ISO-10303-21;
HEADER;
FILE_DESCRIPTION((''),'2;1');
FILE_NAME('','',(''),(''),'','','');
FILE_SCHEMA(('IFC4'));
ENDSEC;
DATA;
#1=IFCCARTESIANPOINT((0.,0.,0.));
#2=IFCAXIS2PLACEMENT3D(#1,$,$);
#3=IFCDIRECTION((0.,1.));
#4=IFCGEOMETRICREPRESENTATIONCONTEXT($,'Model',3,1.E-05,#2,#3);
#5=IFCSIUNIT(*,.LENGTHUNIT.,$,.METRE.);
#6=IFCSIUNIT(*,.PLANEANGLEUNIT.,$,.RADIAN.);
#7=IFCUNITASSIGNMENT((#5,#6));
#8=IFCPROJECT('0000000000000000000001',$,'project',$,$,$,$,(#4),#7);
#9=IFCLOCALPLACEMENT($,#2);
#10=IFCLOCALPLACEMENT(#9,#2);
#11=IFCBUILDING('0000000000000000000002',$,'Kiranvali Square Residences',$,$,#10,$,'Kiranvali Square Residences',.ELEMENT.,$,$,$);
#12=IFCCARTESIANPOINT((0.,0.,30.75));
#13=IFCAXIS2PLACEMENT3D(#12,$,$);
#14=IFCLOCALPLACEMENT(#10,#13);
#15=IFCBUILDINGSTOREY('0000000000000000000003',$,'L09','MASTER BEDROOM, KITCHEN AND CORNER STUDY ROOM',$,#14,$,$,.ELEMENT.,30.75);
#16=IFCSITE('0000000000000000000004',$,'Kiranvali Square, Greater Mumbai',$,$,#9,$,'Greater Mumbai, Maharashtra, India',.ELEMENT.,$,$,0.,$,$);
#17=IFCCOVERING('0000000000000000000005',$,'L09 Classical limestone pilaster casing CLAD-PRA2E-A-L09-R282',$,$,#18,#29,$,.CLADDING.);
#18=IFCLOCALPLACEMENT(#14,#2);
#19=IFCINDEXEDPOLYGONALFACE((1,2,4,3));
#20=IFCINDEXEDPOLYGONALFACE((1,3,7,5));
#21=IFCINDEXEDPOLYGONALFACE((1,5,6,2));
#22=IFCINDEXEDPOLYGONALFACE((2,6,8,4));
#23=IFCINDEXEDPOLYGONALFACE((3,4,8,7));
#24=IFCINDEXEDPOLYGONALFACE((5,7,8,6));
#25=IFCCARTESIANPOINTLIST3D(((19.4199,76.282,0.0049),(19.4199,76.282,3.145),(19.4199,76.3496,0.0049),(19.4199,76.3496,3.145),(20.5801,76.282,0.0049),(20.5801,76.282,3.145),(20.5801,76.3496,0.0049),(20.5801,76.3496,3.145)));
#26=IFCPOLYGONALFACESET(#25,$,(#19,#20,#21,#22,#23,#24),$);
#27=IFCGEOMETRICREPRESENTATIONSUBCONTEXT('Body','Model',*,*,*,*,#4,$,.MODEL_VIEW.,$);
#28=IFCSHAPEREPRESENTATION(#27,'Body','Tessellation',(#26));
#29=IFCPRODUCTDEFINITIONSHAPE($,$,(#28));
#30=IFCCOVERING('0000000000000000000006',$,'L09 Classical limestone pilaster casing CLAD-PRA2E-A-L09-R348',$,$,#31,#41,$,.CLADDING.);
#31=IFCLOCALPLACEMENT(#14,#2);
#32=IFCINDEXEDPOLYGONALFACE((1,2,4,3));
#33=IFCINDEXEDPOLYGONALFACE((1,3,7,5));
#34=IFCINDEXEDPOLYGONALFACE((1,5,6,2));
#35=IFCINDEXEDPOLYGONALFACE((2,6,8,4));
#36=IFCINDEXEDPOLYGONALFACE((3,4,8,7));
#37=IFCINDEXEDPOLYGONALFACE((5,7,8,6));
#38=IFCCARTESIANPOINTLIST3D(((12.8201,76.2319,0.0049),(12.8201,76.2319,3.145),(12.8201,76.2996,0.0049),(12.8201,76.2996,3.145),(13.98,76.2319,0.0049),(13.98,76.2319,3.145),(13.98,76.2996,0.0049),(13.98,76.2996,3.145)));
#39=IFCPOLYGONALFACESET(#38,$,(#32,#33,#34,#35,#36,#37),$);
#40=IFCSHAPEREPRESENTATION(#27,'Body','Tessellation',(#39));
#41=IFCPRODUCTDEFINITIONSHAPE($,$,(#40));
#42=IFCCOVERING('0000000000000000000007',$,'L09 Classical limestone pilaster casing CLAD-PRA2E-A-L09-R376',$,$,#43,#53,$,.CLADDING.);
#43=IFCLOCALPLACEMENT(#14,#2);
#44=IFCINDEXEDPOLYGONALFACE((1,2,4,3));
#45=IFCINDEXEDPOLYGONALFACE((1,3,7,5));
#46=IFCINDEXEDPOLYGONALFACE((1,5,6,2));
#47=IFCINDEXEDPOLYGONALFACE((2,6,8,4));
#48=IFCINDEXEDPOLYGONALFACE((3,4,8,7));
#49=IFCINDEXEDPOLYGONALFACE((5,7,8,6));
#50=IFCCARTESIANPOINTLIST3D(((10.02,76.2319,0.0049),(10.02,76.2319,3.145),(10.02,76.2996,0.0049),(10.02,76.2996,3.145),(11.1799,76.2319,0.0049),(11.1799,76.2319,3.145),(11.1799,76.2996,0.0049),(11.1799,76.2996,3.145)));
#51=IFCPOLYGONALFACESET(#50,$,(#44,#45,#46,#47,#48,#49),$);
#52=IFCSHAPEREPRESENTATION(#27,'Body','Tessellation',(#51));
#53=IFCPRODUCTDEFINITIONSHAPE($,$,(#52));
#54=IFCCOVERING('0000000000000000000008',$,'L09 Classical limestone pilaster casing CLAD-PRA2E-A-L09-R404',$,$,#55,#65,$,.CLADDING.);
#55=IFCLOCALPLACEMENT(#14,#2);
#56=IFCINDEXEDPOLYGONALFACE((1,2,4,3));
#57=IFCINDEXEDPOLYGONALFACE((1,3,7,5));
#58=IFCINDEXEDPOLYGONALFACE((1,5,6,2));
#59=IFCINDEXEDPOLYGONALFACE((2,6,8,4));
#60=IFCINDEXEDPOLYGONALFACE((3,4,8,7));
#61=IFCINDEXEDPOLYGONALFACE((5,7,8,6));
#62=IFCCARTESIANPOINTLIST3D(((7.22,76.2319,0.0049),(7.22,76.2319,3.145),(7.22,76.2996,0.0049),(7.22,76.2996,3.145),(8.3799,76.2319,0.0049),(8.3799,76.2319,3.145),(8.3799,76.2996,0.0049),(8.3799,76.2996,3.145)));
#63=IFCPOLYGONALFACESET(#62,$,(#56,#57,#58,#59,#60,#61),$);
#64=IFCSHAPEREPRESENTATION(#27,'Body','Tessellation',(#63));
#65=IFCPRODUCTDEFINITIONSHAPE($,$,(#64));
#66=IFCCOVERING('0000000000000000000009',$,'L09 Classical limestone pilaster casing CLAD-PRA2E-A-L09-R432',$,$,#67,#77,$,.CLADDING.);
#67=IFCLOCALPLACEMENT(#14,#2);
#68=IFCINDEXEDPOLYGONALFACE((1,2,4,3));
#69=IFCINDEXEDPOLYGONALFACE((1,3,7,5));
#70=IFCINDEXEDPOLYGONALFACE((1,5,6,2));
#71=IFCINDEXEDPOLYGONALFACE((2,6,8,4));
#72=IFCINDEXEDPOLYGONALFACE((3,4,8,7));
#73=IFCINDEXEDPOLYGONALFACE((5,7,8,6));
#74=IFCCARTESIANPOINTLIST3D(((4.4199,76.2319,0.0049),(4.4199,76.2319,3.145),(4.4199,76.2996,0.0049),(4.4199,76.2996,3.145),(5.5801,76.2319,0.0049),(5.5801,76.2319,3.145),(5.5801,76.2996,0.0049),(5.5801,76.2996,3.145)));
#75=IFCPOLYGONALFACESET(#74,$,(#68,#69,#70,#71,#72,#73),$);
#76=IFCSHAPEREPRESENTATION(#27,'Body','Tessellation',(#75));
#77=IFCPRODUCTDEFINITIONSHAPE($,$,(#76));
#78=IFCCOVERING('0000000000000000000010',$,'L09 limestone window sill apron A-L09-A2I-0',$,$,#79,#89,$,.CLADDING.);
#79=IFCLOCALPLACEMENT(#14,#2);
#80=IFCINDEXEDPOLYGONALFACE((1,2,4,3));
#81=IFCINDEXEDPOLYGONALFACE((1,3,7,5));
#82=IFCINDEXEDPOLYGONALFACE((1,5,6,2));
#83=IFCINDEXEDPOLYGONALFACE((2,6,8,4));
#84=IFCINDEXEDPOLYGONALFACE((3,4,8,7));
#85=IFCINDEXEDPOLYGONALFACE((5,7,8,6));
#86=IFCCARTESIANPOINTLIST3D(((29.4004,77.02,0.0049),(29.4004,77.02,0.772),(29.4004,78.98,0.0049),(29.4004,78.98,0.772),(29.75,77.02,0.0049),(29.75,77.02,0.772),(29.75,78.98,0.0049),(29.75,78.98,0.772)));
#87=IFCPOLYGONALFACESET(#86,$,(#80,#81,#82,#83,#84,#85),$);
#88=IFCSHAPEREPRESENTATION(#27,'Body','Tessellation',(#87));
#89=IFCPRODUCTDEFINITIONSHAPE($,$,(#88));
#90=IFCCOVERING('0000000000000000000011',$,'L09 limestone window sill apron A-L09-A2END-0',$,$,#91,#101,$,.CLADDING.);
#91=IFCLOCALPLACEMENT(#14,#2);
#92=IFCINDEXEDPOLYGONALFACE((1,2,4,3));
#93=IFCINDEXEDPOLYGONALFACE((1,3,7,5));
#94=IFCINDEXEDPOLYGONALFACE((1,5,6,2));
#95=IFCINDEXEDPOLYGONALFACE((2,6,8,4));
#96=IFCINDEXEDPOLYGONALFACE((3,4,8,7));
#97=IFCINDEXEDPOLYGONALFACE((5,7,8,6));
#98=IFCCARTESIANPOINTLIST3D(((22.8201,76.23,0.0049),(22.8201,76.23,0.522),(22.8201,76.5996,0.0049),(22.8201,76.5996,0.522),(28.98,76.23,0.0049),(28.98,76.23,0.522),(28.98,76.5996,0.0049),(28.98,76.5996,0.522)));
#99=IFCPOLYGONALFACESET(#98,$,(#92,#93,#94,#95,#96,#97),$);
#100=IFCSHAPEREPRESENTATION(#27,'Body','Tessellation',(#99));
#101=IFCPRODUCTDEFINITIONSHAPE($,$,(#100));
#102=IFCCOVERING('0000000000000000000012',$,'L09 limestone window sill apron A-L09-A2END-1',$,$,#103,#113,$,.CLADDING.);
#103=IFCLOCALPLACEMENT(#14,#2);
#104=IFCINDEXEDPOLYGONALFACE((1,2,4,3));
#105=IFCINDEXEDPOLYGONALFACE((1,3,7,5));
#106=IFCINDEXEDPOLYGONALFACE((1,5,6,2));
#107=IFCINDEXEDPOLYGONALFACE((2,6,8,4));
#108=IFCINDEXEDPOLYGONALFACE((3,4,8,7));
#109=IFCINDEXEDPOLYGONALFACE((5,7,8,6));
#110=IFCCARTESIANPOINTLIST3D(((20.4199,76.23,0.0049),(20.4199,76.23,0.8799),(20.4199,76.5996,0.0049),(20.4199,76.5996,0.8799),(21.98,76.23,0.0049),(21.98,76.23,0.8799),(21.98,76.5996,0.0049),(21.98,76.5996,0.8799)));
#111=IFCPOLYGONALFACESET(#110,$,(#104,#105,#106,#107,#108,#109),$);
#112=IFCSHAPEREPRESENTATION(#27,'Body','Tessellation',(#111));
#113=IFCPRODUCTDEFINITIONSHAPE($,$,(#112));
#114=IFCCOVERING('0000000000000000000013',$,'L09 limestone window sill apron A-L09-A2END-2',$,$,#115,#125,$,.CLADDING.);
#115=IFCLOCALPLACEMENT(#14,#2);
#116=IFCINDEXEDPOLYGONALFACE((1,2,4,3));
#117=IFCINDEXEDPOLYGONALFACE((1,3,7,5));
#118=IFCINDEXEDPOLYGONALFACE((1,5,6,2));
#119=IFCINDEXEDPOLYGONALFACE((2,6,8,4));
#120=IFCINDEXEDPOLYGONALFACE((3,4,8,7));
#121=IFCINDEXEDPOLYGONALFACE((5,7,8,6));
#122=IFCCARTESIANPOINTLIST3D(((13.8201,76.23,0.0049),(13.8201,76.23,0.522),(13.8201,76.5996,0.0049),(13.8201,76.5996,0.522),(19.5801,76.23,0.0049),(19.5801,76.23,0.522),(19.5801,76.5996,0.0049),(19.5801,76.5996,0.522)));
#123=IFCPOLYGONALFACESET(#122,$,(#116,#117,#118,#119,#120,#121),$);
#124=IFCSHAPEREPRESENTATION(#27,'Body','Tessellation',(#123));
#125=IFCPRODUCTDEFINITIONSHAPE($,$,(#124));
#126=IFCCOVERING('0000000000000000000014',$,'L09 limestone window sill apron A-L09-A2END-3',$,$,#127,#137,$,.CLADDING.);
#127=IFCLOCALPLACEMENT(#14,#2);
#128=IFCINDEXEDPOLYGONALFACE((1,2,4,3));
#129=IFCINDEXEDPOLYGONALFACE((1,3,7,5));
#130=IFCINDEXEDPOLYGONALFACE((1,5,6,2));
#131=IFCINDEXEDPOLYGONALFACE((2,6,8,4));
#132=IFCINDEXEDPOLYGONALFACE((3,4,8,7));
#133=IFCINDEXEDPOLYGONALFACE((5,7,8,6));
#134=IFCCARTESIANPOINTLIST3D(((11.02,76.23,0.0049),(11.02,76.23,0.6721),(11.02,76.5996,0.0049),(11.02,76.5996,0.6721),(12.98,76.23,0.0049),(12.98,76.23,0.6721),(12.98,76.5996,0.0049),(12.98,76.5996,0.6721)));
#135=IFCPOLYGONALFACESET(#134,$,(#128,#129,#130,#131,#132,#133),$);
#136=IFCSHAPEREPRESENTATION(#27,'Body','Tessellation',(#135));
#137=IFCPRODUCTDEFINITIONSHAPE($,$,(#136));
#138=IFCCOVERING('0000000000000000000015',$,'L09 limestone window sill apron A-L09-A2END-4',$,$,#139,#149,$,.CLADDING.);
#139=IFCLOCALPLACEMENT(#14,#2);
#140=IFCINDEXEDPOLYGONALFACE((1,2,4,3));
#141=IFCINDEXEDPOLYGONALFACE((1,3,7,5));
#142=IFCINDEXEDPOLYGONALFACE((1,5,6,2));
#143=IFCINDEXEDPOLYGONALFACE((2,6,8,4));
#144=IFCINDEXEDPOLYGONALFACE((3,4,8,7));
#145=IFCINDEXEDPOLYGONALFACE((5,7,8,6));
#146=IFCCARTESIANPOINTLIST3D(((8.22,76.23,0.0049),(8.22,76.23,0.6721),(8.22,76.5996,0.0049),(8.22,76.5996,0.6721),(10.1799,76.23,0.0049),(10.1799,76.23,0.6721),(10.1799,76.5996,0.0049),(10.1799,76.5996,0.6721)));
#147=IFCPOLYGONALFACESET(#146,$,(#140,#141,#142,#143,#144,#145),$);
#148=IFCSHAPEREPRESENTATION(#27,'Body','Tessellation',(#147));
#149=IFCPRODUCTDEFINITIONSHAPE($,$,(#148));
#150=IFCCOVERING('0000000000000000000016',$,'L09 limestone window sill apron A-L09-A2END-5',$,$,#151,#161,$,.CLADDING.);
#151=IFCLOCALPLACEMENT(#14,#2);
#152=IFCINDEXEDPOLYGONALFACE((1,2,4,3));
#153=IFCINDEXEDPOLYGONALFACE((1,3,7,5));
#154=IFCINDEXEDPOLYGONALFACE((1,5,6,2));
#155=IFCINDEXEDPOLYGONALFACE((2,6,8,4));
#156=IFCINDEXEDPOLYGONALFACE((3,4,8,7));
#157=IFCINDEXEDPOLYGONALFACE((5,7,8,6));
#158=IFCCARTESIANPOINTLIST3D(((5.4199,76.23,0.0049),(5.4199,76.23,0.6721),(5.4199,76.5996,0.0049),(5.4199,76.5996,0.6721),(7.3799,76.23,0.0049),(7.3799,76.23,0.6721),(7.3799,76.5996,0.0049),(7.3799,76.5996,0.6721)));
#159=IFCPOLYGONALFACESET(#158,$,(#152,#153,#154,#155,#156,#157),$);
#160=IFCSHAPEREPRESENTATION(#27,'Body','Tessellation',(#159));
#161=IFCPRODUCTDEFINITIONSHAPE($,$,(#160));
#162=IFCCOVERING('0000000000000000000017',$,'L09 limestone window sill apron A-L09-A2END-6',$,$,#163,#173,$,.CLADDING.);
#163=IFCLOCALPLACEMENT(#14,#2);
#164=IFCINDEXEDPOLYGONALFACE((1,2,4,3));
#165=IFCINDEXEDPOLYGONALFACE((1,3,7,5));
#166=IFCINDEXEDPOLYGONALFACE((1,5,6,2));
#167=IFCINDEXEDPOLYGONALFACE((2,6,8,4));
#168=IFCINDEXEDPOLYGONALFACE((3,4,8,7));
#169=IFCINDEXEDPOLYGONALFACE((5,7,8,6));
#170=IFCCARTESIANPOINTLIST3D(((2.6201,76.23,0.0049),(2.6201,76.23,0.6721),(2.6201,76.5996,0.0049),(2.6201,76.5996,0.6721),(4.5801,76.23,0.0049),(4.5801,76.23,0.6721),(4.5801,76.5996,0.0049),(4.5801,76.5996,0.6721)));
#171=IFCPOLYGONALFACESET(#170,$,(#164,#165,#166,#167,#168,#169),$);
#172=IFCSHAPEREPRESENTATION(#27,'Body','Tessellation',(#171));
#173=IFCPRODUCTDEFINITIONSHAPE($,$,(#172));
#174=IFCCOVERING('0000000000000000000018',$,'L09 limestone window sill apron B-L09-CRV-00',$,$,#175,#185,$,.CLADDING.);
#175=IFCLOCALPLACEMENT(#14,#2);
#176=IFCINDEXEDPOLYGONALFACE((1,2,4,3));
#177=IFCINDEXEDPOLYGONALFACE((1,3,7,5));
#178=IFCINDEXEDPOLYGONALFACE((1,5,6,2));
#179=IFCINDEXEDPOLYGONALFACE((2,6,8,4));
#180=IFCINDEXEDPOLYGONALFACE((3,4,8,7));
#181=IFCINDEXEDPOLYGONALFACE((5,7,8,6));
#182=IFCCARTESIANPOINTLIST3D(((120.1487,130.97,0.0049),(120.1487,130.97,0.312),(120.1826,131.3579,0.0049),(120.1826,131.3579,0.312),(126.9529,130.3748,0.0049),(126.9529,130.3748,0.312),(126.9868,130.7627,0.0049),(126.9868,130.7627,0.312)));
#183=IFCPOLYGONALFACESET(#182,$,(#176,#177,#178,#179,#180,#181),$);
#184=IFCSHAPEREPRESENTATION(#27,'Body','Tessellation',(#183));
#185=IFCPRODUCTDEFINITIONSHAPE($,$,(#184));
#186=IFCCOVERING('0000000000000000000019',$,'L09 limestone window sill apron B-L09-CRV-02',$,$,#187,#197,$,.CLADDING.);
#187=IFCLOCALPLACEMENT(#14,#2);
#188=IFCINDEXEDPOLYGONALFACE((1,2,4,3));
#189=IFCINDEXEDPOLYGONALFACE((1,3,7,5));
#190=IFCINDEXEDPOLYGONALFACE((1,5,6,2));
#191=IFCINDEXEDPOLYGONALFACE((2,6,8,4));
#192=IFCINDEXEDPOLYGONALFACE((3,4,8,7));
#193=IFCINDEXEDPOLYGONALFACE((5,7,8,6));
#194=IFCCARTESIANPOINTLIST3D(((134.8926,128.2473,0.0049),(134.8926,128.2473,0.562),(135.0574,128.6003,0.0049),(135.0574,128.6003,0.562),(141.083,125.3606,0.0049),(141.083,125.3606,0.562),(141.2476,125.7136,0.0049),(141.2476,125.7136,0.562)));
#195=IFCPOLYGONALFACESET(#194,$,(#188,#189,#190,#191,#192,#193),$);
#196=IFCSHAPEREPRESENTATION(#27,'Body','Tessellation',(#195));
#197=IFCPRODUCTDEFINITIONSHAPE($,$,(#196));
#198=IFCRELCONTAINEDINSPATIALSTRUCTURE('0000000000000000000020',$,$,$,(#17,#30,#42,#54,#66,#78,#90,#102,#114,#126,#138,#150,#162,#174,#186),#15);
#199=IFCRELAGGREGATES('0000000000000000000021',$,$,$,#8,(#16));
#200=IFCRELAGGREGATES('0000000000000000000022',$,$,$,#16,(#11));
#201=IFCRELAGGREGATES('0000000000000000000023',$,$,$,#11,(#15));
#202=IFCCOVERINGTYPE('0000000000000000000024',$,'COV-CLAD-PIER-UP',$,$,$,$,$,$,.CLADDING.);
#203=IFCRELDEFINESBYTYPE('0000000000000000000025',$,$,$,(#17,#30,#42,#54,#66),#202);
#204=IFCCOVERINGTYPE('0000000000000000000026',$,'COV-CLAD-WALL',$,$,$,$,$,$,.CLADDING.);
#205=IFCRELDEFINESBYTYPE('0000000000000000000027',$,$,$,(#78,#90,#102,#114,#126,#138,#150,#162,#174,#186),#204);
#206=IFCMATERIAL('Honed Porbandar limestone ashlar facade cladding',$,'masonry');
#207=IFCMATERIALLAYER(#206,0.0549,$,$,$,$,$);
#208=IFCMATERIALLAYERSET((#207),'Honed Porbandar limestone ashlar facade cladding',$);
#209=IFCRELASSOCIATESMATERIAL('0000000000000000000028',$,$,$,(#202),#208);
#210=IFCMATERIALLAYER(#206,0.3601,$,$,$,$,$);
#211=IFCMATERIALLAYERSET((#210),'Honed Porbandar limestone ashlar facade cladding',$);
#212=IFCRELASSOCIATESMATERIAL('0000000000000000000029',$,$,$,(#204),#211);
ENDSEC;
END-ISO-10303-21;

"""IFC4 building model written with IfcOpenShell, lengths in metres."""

from ifc_helpers import new_model, si_unit, direction, frame, origin, place, context, subcontext, project, spatial, polyline, outline, extrude, material, layer, layer_set, type_object, element, save


model = new_model("IFC4")

# Units and contexts
model_context = context("Model", 3, precision=1e-05, world=origin(), true_north=direction((0.0, 1.0)))
body_context = subcontext(model_context, "Body", "Model", "MODEL_VIEW")
ifc_project = project(units=[si_unit("LENGTHUNIT", "METRE"), si_unit("PLANEANGLEUNIT", "RADIAN")], contexts=[model_context])

# Site, building, storey
site_placement = place(None, origin())
site = spatial("IfcSite", under=ifc_project, at=site_placement, Name="Kiranvali Square, Greater Mumbai", LongName="Greater Mumbai, Maharashtra, India", CompositionType="ELEMENT", RefElevation=0.0)
building_placement = place(site_placement, origin())
building = spatial("IfcBuilding", under=site, at=building_placement, Name="Kiranvali Square Residences", LongName="Kiranvali Square Residences", CompositionType="ELEMENT")
storey_placement = place(building_placement, frame((0.0, 0.0, 30.75)))
storey = spatial("IfcBuildingStorey", under=building, at=storey_placement, Name="L09", Description="MASTER BEDROOM, KITCHEN AND CORNER STUDY ROOM", CompositionType="ELEMENT", Elevation=30.75)

# Coverings
ifc_material = material(Name="Honed Porbandar limestone ashlar facade cladding", Category="masonry")
ifc_layer_1 = layer(ifc_material, 0.0549)
ifc_layer_set_1 = layer_set([ifc_layer_1], Name="Honed Porbandar limestone ashlar facade cladding")
covering_type_1 = type_object("IfcCoveringType", Name="COV-CLAD-PIER-UP", PredefinedType="CLADDING", material=ifc_layer_set_1)
covering_1_placement = place(storey_placement, frame((0.0, 0.0, 0.0049)))
element("IfcCovering", 1, at=covering_1_placement, inside=storey, type_object=covering_type_1, Name="L09 Classical limestone pilaster casing CLAD-PRA2E-A-L09-R282", PredefinedType="CLADDING", context=body_context, shape_type="SweptSolid", body=[
    extrude(outline(polyline([(20.5801, 76.3496), (19.4199, 76.3496), (19.4199, 76.282), (20.5801, 76.282), (20.5801, 76.3496)])), origin(), (0.0, 0.0, 1.0), 3.1401),
])
covering_2_placement = place(storey_placement, frame((0.0, 0.0, 0.0049)))
element("IfcCovering", 2, at=covering_2_placement, inside=storey, type_object=covering_type_1, Name="L09 Classical limestone pilaster casing CLAD-PRA2E-A-L09-R348", PredefinedType="CLADDING", context=body_context, shape_type="SweptSolid", body=[
    extrude(outline(polyline([(13.98, 76.2996), (12.8201, 76.2996), (12.8201, 76.2319), (13.98, 76.2319), (13.98, 76.2996)])), origin(), (0.0, 0.0, 1.0), 3.1401),
])
covering_3_placement = place(storey_placement, frame((0.0, 0.0, 0.0049)))
element("IfcCovering", 3, at=covering_3_placement, inside=storey, type_object=covering_type_1, Name="L09 Classical limestone pilaster casing CLAD-PRA2E-A-L09-R376", PredefinedType="CLADDING", context=body_context, shape_type="SweptSolid", body=[
    extrude(outline(polyline([(11.1799, 76.2996), (10.02, 76.2996), (10.02, 76.2319), (11.1799, 76.2319), (11.1799, 76.2996)])), origin(), (0.0, 0.0, 1.0), 3.1401),
])
covering_4_placement = place(storey_placement, frame((0.0, 0.0, 0.0049)))
element("IfcCovering", 4, at=covering_4_placement, inside=storey, type_object=covering_type_1, Name="L09 Classical limestone pilaster casing CLAD-PRA2E-A-L09-R404", PredefinedType="CLADDING", context=body_context, shape_type="SweptSolid", body=[
    extrude(outline(polyline([(8.3799, 76.2996), (7.22, 76.2996), (7.22, 76.2319), (8.3799, 76.2319), (8.3799, 76.2996)])), origin(), (0.0, 0.0, 1.0), 3.1401),
])
covering_5_placement = place(storey_placement, frame((0.0, 0.0, 0.0049)))
element("IfcCovering", 5, at=covering_5_placement, inside=storey, type_object=covering_type_1, Name="L09 Classical limestone pilaster casing CLAD-PRA2E-A-L09-R432", PredefinedType="CLADDING", context=body_context, shape_type="SweptSolid", body=[
    extrude(outline(polyline([(5.5801, 76.2996), (4.4199, 76.2996), (4.4199, 76.2319), (5.5801, 76.2319), (5.5801, 76.2996)])), origin(), (0.0, 0.0, 1.0), 3.1401),
])
ifc_layer_2 = layer(ifc_material, 0.3601)
ifc_layer_set_2 = layer_set([ifc_layer_2], Name="Honed Porbandar limestone ashlar facade cladding")
covering_type_2 = type_object("IfcCoveringType", Name="COV-CLAD-WALL", PredefinedType="CLADDING", material=ifc_layer_set_2)
covering_6_placement = place(storey_placement, frame((0.0, 0.0, 0.0049)))
element("IfcCovering", 6, at=covering_6_placement, inside=storey, type_object=covering_type_2, Name="L09 limestone window sill apron A-L09-A2I-0", PredefinedType="CLADDING", context=body_context, shape_type="SweptSolid", body=[
    extrude(outline(polyline([(29.4004, 78.98), (29.4004, 77.02), (29.75, 77.02), (29.75, 78.98), (29.4004, 78.98)])), origin(), (0.0, 0.0, 1.0), 0.7671),
])
covering_7_placement = place(storey_placement, frame((0.0, 0.0, 0.0049)))
element("IfcCovering", 7, at=covering_7_placement, inside=storey, type_object=covering_type_2, Name="L09 limestone window sill apron A-L09-A2END-0", PredefinedType="CLADDING", context=body_context, shape_type="SweptSolid", body=[
    extrude(outline(polyline([(28.98, 76.5996), (22.8201, 76.5996), (22.8201, 76.23), (28.98, 76.23), (28.98, 76.5996)])), origin(), (0.0, 0.0, 1.0), 0.5171),
])
covering_8_placement = place(storey_placement, frame((0.0, 0.0, 0.0049)))
element("IfcCovering", 8, at=covering_8_placement, inside=storey, type_object=covering_type_2, Name="L09 limestone window sill apron A-L09-A2END-1", PredefinedType="CLADDING", context=body_context, shape_type="SweptSolid", body=[
    extrude(outline(polyline([(21.98, 76.5996), (20.4199, 76.5996), (20.4199, 76.23), (21.98, 76.23), (21.98, 76.5996)])), origin(), (0.0, 0.0, 1.0), 0.875),
])
covering_9_placement = place(storey_placement, frame((0.0, 0.0, 0.0049)))
element("IfcCovering", 9, at=covering_9_placement, inside=storey, type_object=covering_type_2, Name="L09 limestone window sill apron A-L09-A2END-2", PredefinedType="CLADDING", context=body_context, shape_type="SweptSolid", body=[
    extrude(outline(polyline([(19.5801, 76.5996), (13.8201, 76.5996), (13.8201, 76.23), (19.5801, 76.23), (19.5801, 76.5996)])), origin(), (0.0, 0.0, 1.0), 0.5171),
])
covering_10_placement = place(storey_placement, frame((0.0, 0.0, 0.0049)))
element("IfcCovering", 10, at=covering_10_placement, inside=storey, type_object=covering_type_2, Name="L09 limestone window sill apron A-L09-A2END-3", PredefinedType="CLADDING", context=body_context, shape_type="SweptSolid", body=[
    extrude(outline(polyline([(12.98, 76.5996), (11.02, 76.5996), (11.02, 76.23), (12.98, 76.23), (12.98, 76.5996)])), origin(), (0.0, 0.0, 1.0), 0.6672),
])
covering_11_placement = place(storey_placement, frame((0.0, 0.0, 0.0049)))
element("IfcCovering", 11, at=covering_11_placement, inside=storey, type_object=covering_type_2, Name="L09 limestone window sill apron A-L09-A2END-4", PredefinedType="CLADDING", context=body_context, shape_type="SweptSolid", body=[
    extrude(outline(polyline([(10.1799, 76.5996), (8.22, 76.5996), (8.22, 76.23), (10.1799, 76.23), (10.1799, 76.5996)])), origin(), (0.0, 0.0, 1.0), 0.6672),
])
covering_12_placement = place(storey_placement, frame((0.0, 0.0, 0.0049)))
element("IfcCovering", 12, at=covering_12_placement, inside=storey, type_object=covering_type_2, Name="L09 limestone window sill apron A-L09-A2END-5", PredefinedType="CLADDING", context=body_context, shape_type="SweptSolid", body=[
    extrude(outline(polyline([(7.3799, 76.5996), (5.4199, 76.5996), (5.4199, 76.23), (7.3799, 76.23), (7.3799, 76.5996)])), origin(), (0.0, 0.0, 1.0), 0.6672),
])
covering_13_placement = place(storey_placement, frame((0.0, 0.0, 0.0049)))
element("IfcCovering", 13, at=covering_13_placement, inside=storey, type_object=covering_type_2, Name="L09 limestone window sill apron A-L09-A2END-6", PredefinedType="CLADDING", context=body_context, shape_type="SweptSolid", body=[
    extrude(outline(polyline([(4.5801, 76.5996), (2.6201, 76.5996), (2.6201, 76.23), (4.5801, 76.23), (4.5801, 76.5996)])), origin(), (0.0, 0.0, 1.0), 0.6672),
])
covering_14_placement = place(storey_placement, frame((0.0, 0.0, 0.0049)))
element("IfcCovering", 14, at=covering_14_placement, inside=storey, type_object=covering_type_2, Name="L09 limestone window sill apron B-L09-CRV-00", PredefinedType="CLADDING", context=body_context, shape_type="SweptSolid", body=[
    extrude(outline(polyline([(120.1487, 130.97), (126.9529, 130.3748), (126.9868, 130.7627), (120.1826, 131.3579), (120.1487, 130.97)])), origin(), (0.0, 0.0, 1.0), 0.3071),
])
covering_15_placement = place(storey_placement, frame((0.0, 0.0, 0.0049)))
element("IfcCovering", 15, at=covering_15_placement, inside=storey, type_object=covering_type_2, Name="L09 limestone window sill apron B-L09-CRV-02", PredefinedType="CLADDING", context=body_context, shape_type="SweptSolid", body=[
    extrude(outline(polyline([(134.8926, 128.2473), (141.083, 125.3606), (141.2476, 125.7136), (135.0574, 128.6003), (134.8926, 128.2473)])), origin(), (0.0, 0.0, 1.0), 0.5571),
])

save(model, "model.ifc")
